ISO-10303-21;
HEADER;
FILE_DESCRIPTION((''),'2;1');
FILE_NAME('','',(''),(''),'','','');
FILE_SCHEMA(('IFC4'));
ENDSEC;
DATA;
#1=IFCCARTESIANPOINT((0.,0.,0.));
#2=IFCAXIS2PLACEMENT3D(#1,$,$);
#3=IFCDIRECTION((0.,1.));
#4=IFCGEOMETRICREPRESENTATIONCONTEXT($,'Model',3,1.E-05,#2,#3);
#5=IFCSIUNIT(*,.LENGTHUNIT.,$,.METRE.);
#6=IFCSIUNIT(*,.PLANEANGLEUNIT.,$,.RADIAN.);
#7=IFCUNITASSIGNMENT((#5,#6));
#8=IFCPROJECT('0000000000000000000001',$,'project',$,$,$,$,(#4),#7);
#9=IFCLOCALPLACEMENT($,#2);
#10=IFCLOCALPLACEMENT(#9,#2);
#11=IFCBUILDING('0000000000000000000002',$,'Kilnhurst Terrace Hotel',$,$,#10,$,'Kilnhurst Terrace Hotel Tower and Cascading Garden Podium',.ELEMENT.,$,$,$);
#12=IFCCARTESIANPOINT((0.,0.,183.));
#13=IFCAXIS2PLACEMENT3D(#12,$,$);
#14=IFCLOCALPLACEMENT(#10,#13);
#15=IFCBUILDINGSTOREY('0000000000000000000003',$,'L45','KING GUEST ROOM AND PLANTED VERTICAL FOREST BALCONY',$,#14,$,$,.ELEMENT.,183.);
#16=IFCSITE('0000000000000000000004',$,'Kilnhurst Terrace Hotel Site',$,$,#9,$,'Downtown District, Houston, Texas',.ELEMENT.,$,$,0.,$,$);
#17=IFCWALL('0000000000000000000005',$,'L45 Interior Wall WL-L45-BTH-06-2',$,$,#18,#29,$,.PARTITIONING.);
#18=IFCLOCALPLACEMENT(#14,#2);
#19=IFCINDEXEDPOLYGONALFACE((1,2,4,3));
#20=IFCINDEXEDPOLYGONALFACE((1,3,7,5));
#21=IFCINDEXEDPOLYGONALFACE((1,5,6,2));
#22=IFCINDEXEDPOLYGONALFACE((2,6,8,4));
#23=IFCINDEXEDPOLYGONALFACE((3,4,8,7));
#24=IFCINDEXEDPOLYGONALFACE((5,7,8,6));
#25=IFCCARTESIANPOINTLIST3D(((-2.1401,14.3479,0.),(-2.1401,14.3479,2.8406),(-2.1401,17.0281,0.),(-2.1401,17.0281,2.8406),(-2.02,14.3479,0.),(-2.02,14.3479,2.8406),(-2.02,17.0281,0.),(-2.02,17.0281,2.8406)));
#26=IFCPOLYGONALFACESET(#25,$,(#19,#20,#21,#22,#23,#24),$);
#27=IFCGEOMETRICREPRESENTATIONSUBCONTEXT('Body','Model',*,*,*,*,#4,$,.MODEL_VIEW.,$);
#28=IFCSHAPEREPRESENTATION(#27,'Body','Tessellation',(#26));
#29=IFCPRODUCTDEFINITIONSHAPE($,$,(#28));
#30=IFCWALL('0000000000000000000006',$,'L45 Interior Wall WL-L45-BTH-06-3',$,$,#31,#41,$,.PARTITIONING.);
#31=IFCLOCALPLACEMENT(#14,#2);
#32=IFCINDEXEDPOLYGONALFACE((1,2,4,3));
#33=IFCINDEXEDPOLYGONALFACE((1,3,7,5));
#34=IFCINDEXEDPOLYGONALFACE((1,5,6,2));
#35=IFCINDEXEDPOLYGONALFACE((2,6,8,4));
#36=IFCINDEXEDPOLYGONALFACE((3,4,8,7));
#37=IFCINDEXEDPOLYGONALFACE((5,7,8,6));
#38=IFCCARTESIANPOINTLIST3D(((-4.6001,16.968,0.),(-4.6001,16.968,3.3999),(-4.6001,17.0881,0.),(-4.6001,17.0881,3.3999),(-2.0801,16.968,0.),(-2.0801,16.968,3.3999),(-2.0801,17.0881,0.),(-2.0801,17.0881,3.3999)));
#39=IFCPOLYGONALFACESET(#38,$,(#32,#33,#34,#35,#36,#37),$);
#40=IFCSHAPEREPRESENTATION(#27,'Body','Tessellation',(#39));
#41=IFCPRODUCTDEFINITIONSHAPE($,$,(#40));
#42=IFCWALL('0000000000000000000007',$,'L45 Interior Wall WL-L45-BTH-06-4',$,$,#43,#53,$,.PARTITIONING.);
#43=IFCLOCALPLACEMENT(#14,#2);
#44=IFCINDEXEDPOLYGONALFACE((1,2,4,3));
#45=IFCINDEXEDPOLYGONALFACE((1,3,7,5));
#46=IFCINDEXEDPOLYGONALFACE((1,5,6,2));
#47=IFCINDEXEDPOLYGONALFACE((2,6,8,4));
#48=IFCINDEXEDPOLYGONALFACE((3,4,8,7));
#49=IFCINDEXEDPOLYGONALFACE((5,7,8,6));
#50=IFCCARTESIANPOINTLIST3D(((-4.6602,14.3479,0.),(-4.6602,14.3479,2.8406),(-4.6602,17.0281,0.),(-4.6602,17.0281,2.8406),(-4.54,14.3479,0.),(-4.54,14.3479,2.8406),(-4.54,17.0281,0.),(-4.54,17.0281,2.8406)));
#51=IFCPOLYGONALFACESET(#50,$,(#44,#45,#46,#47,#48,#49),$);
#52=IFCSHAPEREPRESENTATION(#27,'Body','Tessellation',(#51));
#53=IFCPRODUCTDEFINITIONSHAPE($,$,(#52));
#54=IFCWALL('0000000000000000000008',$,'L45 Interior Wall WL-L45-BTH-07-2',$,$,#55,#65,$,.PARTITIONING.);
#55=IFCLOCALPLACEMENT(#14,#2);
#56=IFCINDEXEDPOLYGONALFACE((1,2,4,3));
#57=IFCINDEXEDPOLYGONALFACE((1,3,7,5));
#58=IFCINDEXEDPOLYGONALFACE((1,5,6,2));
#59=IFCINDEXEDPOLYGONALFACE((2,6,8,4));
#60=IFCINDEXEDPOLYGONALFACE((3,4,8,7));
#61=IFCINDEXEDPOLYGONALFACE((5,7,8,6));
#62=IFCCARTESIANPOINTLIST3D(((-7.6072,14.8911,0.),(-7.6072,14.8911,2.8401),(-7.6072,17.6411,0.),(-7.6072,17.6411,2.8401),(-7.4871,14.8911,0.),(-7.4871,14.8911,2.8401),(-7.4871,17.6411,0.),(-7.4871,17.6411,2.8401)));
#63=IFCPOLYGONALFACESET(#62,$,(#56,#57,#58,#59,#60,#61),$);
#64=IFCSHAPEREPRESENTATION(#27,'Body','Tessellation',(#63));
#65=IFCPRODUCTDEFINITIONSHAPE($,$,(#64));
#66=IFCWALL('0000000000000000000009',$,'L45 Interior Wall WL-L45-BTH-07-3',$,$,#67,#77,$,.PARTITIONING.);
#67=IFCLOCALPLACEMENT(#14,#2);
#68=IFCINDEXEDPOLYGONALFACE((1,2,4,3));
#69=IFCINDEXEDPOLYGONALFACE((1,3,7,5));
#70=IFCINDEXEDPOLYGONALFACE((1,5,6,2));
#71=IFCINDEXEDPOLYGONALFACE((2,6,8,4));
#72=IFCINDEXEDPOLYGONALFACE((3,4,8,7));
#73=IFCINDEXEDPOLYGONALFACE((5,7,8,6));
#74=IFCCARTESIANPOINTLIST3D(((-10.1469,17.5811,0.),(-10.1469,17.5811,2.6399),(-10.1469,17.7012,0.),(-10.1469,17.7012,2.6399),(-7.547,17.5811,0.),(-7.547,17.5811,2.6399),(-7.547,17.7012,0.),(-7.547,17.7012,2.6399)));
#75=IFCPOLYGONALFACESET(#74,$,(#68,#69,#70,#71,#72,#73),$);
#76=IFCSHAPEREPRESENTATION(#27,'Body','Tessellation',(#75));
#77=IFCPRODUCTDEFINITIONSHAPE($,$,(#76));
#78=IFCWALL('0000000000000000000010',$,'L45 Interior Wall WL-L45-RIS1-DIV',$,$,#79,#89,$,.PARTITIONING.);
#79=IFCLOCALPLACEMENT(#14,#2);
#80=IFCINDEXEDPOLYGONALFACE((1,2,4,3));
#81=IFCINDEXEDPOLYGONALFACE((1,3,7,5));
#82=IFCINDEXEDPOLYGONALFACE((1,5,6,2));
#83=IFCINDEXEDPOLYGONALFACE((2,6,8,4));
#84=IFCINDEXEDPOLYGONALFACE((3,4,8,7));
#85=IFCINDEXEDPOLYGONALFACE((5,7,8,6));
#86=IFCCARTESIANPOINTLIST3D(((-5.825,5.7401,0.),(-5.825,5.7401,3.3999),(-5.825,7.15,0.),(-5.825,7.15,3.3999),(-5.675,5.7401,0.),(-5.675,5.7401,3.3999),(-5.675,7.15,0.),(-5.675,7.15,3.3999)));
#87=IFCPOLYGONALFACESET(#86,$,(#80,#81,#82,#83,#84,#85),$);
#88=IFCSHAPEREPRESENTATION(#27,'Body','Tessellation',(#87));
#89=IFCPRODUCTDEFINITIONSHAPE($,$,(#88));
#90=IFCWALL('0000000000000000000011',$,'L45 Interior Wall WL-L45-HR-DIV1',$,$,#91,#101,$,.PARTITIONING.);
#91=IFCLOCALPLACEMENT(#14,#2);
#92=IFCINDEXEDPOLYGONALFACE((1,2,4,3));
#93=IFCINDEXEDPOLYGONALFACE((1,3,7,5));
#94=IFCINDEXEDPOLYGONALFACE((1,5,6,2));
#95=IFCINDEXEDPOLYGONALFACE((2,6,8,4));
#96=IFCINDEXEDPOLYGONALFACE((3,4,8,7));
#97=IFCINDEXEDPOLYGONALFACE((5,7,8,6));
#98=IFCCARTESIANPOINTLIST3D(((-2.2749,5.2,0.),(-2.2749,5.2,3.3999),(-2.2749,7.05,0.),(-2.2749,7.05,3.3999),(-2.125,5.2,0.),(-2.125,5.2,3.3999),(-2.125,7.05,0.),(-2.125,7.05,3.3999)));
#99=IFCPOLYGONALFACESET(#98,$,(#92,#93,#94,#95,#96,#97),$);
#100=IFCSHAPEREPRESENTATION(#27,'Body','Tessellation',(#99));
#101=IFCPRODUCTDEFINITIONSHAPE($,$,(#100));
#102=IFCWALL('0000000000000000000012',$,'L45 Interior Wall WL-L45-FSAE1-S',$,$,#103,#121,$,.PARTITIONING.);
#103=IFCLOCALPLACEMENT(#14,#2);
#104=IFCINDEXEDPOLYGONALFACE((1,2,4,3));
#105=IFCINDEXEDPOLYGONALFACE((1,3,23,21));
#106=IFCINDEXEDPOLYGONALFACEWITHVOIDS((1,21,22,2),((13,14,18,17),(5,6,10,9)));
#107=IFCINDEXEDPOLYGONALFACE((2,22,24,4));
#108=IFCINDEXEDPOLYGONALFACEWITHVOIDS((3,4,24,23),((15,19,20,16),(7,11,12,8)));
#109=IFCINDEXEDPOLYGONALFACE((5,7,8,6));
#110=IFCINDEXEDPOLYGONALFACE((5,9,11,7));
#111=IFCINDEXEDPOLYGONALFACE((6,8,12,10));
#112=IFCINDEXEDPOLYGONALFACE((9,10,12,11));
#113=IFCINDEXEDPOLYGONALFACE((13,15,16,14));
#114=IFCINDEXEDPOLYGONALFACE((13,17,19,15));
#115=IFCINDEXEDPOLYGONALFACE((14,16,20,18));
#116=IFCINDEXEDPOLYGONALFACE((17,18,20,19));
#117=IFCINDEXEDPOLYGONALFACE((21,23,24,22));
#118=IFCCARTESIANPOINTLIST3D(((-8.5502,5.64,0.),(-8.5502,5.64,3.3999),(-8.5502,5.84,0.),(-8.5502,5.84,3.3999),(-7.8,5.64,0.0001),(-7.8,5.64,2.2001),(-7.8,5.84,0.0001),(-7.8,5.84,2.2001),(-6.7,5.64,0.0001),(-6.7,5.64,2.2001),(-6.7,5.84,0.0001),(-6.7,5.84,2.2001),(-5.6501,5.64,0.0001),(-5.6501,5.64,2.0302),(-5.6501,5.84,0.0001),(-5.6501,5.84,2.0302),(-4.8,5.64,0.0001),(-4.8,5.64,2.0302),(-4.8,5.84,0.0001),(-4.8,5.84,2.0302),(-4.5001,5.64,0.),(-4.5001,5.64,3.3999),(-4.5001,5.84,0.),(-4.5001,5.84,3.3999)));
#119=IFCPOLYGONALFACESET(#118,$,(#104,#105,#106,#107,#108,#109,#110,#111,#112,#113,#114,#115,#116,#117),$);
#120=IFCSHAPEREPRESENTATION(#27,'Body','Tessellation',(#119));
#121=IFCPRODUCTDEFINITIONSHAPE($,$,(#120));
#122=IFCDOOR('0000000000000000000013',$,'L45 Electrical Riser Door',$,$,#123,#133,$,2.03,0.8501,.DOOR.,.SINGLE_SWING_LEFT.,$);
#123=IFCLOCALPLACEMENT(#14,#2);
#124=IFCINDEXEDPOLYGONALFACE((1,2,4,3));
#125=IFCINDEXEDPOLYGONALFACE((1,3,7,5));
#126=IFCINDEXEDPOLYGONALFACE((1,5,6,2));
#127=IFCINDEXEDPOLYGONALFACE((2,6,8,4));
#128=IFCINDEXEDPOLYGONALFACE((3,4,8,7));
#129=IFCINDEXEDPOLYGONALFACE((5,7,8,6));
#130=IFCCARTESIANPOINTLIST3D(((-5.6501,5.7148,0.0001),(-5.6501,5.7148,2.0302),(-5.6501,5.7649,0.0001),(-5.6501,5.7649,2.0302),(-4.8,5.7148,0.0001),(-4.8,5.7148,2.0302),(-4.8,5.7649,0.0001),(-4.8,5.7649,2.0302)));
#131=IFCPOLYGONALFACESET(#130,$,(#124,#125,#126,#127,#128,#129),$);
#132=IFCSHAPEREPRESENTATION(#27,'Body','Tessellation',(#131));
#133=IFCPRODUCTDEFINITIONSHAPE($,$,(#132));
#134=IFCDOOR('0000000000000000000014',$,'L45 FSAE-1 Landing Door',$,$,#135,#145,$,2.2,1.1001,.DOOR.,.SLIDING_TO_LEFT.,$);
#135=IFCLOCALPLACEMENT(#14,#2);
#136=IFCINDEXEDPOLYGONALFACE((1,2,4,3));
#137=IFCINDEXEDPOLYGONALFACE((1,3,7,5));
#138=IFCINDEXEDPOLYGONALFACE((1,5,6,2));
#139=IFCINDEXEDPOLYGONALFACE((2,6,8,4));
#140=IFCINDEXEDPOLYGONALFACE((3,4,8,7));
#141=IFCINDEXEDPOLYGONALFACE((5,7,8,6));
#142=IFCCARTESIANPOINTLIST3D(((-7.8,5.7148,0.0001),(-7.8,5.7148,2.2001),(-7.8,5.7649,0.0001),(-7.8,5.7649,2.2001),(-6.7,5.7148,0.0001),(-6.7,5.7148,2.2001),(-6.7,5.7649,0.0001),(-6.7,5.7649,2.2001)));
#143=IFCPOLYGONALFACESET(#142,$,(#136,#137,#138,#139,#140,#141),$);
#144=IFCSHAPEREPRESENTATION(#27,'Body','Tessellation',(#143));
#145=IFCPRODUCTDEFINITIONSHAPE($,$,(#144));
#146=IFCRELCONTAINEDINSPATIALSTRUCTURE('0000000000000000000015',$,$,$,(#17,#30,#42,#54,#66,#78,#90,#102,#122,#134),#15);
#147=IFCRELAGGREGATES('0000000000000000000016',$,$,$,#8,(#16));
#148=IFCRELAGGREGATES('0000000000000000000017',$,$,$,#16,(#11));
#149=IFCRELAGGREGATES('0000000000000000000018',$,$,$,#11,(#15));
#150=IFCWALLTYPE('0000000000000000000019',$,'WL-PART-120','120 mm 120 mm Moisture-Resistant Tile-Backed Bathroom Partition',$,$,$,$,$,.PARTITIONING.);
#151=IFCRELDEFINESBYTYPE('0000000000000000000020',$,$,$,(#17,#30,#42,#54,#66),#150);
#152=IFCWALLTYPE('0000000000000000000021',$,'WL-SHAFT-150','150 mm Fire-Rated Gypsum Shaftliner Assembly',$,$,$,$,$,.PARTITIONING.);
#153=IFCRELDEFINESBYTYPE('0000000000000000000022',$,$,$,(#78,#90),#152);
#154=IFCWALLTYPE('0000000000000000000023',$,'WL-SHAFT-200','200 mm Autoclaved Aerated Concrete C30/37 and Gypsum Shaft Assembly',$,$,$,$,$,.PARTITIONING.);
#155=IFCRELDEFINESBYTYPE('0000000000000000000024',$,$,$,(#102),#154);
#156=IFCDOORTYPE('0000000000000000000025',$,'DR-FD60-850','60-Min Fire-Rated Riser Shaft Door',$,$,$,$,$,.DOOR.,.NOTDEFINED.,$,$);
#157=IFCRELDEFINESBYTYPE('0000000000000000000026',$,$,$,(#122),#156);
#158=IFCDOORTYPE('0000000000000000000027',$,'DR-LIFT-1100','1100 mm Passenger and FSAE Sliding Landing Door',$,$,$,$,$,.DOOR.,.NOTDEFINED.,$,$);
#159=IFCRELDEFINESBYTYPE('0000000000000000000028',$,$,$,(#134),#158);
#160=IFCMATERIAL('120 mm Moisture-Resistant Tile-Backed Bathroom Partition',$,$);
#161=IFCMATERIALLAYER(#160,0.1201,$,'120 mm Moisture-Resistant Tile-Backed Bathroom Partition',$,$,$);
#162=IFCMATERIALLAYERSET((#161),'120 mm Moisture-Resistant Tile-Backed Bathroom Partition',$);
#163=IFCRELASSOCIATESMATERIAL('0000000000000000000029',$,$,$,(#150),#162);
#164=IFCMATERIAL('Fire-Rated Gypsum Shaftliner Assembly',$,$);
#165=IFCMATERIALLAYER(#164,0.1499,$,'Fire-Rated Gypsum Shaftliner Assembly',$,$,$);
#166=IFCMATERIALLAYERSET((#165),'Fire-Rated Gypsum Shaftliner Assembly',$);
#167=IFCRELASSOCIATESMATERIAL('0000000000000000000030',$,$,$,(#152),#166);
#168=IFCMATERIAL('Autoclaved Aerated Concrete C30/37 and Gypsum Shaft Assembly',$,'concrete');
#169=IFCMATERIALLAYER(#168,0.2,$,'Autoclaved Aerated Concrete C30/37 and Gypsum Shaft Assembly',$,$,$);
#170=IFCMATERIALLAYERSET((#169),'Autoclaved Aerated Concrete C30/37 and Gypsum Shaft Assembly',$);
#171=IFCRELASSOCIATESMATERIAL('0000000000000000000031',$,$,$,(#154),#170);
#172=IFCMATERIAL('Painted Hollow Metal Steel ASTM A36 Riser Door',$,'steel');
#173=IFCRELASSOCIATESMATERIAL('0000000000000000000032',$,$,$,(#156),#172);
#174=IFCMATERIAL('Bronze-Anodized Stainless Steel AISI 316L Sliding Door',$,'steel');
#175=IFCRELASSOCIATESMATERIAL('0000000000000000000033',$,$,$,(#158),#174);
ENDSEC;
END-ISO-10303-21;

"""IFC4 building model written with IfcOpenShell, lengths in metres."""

from ifc_helpers import new_model, si_unit, direction, frame, frame_2d, origin, place, context, subcontext, project, spatial, rectangle, extrude, material, layer, layer_set, type_object, element, fill, save


model = new_model("IFC4")

# Units and contexts
model_context = context("Model", 3, precision=1e-05, world=origin(), true_north=direction((0.0, 1.0)))
body_context = subcontext(model_context, "Body", "Model", "MODEL_VIEW")
ifc_project = project(units=[si_unit("LENGTHUNIT", "METRE"), si_unit("PLANEANGLEUNIT", "RADIAN")], contexts=[model_context])

# Site, building, storey
site_placement = place(None, origin())
site = spatial("IfcSite", under=ifc_project, at=site_placement, Name="Kilnhurst Terrace Hotel Site", LongName="Downtown District, Houston, Texas", CompositionType="ELEMENT", RefElevation=0.0)
building_placement = place(site_placement, origin())
building = spatial("IfcBuilding", under=site, at=building_placement, Name="Kilnhurst Terrace Hotel", LongName="Kilnhurst Terrace Hotel Tower and Cascading Garden Podium", CompositionType="ELEMENT")
storey_placement = place(building_placement, frame((0.0, 0.0, 183.0)))
storey = spatial("IfcBuildingStorey", under=building, at=storey_placement, Name="L45", Description="KING GUEST ROOM AND PLANTED VERTICAL FOREST BALCONY", CompositionType="ELEMENT", Elevation=183.0)

# Shared definitions
ifc_material_1 = material(Name="120 mm Moisture-Resistant Tile-Backed Bathroom Partition")
ifc_layer_1 = layer(ifc_material_1, 0.1201, Name="120 mm Moisture-Resistant Tile-Backed Bathroom Partition")
ifc_layer_set_1 = layer_set([ifc_layer_1], Name="120 mm Moisture-Resistant Tile-Backed Bathroom Partition")
wall_type_1 = type_object("IfcWallType", Name="WL-PART-120", Description="120 mm 120 mm Moisture-Resistant Tile-Backed Bathroom Partition", PredefinedType="PARTITIONING", material=ifc_layer_set_1)

# Walls
wall_1_placement = place(storey_placement, frame((-2.0801, 14.3479, 0.0), z_axis=(0.0, 0.0, 1.0), x_axis=(0.0, 1.0, 0.0)))
element("IfcWall", 1, at=wall_1_placement, inside=storey, type_object=wall_type_1, Name="L45 Interior Wall WL-L45-BTH-06-2", PredefinedType="PARTITIONING", context=body_context, shape_type="SweptSolid", body=[
    extrude(rectangle(XDim=2.6802, YDim=0.1201, at=frame_2d((1.3401, 0.0))), origin(), (0.0, 0.0, 1.0), 2.8406),
])
wall_2_placement = place(storey_placement, frame((-2.0801, 17.0281, 0.0), z_axis=(0.0, 0.0, 1.0), x_axis=(-1.0, 0.0, 0.0)))
element("IfcWall", 2, at=wall_2_placement, inside=storey, type_object=wall_type_1, Name="L45 Interior Wall WL-L45-BTH-06-3", PredefinedType="PARTITIONING", context=body_context, shape_type="SweptSolid", body=[
    extrude(rectangle(XDim=2.52, YDim=0.1201, at=frame_2d((1.26, 0.0))), origin(), (0.0, 0.0, 1.0), 3.3999),
])
wall_3_placement = place(storey_placement, frame((-4.6001, 17.0281, 0.0), z_axis=(0.0, 0.0, 1.0), x_axis=(0.0, -1.0, 0.0)))
element("IfcWall", 3, at=wall_3_placement, inside=storey, type_object=wall_type_1, Name="L45 Interior Wall WL-L45-BTH-06-4", PredefinedType="PARTITIONING", context=body_context, shape_type="SweptSolid", body=[
    extrude(rectangle(XDim=2.6802, YDim=0.1201, at=frame_2d((1.3401, 0.0))), origin(), (0.0, 0.0, 1.0), 2.8406),
])
wall_4_placement = place(storey_placement, frame((-7.5471, 14.8911, 0.0), z_axis=(0.0, 0.0, 1.0), x_axis=(0.0, 1.0, 0.0)))
element("IfcWall", 4, at=wall_4_placement, inside=storey, type_object=wall_type_1, Name="L45 Interior Wall WL-L45-BTH-07-2", PredefinedType="PARTITIONING", context=body_context, shape_type="SweptSolid", body=[
    extrude(rectangle(XDim=2.75, YDim=0.1201, at=frame_2d((1.375, 0.0))), origin(), (0.0, 0.0, 1.0), 2.8401),
])
wall_5_placement = place(storey_placement, frame((-7.5471, 17.6411, 0.0), z_axis=(0.0, 0.0, 1.0), x_axis=(-1.0, 0.0, 0.0)))
element("IfcWall", 5, at=wall_5_placement, inside=storey, type_object=wall_type_1, Name="L45 Interior Wall WL-L45-BTH-07-3", PredefinedType="PARTITIONING", context=body_context, shape_type="SweptSolid", body=[
    extrude(rectangle(XDim=2.5999, YDim=0.1201, at=frame_2d((1.2998, 0.0))), origin(), (0.0, 0.0, 1.0), 2.6399),
])
ifc_material_2 = material(Name="Fire-Rated Gypsum Shaftliner Assembly")
ifc_layer_2 = layer(ifc_material_2, 0.1499, Name="Fire-Rated Gypsum Shaftliner Assembly")
ifc_layer_set_2 = layer_set([ifc_layer_2], Name="Fire-Rated Gypsum Shaftliner Assembly")
wall_type_2 = type_object("IfcWallType", Name="WL-SHAFT-150", Description="150 mm Fire-Rated Gypsum Shaftliner Assembly", PredefinedType="PARTITIONING", material=ifc_layer_set_2)
wall_6_placement = place(storey_placement, frame((-5.75, 5.74, 0.0), z_axis=(0.0, 0.0, 1.0), x_axis=(0.0, 1.0, 0.0)))
element("IfcWall", 6, at=wall_6_placement, inside=storey, type_object=wall_type_2, Name="L45 Interior Wall WL-L45-RIS1-DIV", PredefinedType="PARTITIONING", context=body_context, shape_type="SweptSolid", body=[
    extrude(rectangle(XDim=1.4099, YDim=0.1499, at=frame_2d((0.7051, 0.0))), origin(), (0.0, 0.0, 1.0), 3.3999),
])
wall_7_placement = place(storey_placement, frame((-2.2, 5.2, 0.0), z_axis=(0.0, 0.0, 1.0), x_axis=(0.0, 1.0, 0.0)))
element("IfcWall", 7, at=wall_7_placement, inside=storey, type_object=wall_type_2, Name="L45 Interior Wall WL-L45-HR-DIV1", PredefinedType="PARTITIONING", context=body_context, shape_type="SweptSolid", body=[
    extrude(rectangle(XDim=1.8501, YDim=0.1499, at=frame_2d((0.925, 0.0))), origin(), (0.0, 0.0, 1.0), 3.3999),
])

# Wall, openings, doors
ifc_material_3 = material(Name="Autoclaved Aerated Concrete C30/37 and Gypsum Shaft Assembly", Category="concrete")
ifc_layer_3 = layer(ifc_material_3, 0.2, Name="Autoclaved Aerated Concrete C30/37 and Gypsum Shaft Assembly")
ifc_layer_set_3 = layer_set([ifc_layer_3], Name="Autoclaved Aerated Concrete C30/37 and Gypsum Shaft Assembly")
wall_type_3 = type_object("IfcWallType", Name="WL-SHAFT-200", Description="200 mm Autoclaved Aerated Concrete C30/37 and Gypsum Shaft Assembly", PredefinedType="PARTITIONING", material=ifc_layer_set_3)
wall_8_placement = place(storey_placement, frame((-8.55, 5.74, 0.0), z_axis=(0.0, 0.0, 1.0), x_axis=(1.0, 0.0, 0.0)))
wall_8 = element("IfcWall", 8, at=wall_8_placement, inside=storey, type_object=wall_type_3, Name="L45 Interior Wall WL-L45-FSAE1-S", PredefinedType="PARTITIONING", context=body_context, shape_type="SweptSolid", body=[
    extrude(rectangle(XDim=4.05, YDim=0.2, at=frame_2d((2.0249, 0.0))), origin(), (0.0, 0.0, 1.0), 3.3999),
])
opening_1_placement = place(wall_8_placement, frame((0.75, 0.0, 0.0)))
opening_1 = element("IfcOpeningElement", 9, at=opening_1_placement, cuts=wall_8, PredefinedType="OPENING", context=body_context, shape_type="SweptSolid", body=[
    extrude(rectangle(XDim=1.1001, YDim=2.2, at=frame_2d((0.55, 1.1001))), frame((0.0, 0.1099, 0.0), z_axis=(0.0, -1.0, 0.0), x_axis=(1.0, 0.0, 0.0)), (0.0, 0.0, 1.0), 0.22),
])
opening_2_placement = place(wall_8_placement, frame((2.8999, 0.0, 0.0)))
opening_2 = element("IfcOpeningElement", 10, at=opening_2_placement, cuts=wall_8, PredefinedType="OPENING", context=body_context, shape_type="SweptSolid", body=[
    extrude(rectangle(XDim=0.8501, YDim=2.03, at=frame_2d((0.425, 1.0151))), frame((0.0, 0.1099, 0.0), z_axis=(0.0, -1.0, 0.0), x_axis=(1.0, 0.0, 0.0)), (0.0, 0.0, 1.0), 0.22),
])
ifc_material_4 = material(Name="Painted Hollow Metal Steel ASTM A36 Riser Door", Category="steel")
door_type_1 = type_object("IfcDoorType", Name="DR-FD60-850", Description="60-Min Fire-Rated Riser Shaft Door", OperationType="NOTDEFINED", PredefinedType="DOOR", material=ifc_material_4)
door_1_placement = place(opening_2_placement, origin())
door_1 = element("IfcDoor", 11, at=door_1_placement, inside=storey, type_object=door_type_1, Name="L45 Electrical Riser Door", OperationType="SINGLE_SWING_LEFT", OverallHeight=2.03, OverallWidth=0.8501, PredefinedType="DOOR", context=body_context, shape_type="SweptSolid", body=[
    extrude(rectangle(XDim=0.8501, YDim=2.03, at=frame_2d((0.425, 1.0151))), frame((0.0, 0.0249, 0.0), z_axis=(0.0, -1.0, 0.0), x_axis=(1.0, 0.0, 0.0)), (0.0, 0.0, 1.0), 0.05),
])
fill(opening_2, door_1)
ifc_material_5 = material(Name="Bronze-Anodized Stainless Steel AISI 316L Sliding Door", Category="steel")
door_type_2 = type_object("IfcDoorType", Name="DR-LIFT-1100", Description="1100 mm Passenger and FSAE Sliding Landing Door", OperationType="NOTDEFINED", PredefinedType="DOOR", material=ifc_material_5)
door_2_placement = place(opening_1_placement, origin())
door_2 = element("IfcDoor", 12, at=door_2_placement, inside=storey, type_object=door_type_2, Name="L45 FSAE-1 Landing Door", OperationType="SLIDING_TO_LEFT", OverallHeight=2.2, OverallWidth=1.1001, PredefinedType="DOOR", context=body_context, shape_type="SweptSolid", body=[
    extrude(rectangle(XDim=1.1001, YDim=2.2, at=frame_2d((0.55, 1.1001))), frame((0.0, 0.0249, 0.0), z_axis=(0.0, -1.0, 0.0), x_axis=(1.0, 0.0, 0.0)), (0.0, 0.0, 1.0), 0.05),
])
fill(opening_1, door_2)

save(model, "model.ifc")
